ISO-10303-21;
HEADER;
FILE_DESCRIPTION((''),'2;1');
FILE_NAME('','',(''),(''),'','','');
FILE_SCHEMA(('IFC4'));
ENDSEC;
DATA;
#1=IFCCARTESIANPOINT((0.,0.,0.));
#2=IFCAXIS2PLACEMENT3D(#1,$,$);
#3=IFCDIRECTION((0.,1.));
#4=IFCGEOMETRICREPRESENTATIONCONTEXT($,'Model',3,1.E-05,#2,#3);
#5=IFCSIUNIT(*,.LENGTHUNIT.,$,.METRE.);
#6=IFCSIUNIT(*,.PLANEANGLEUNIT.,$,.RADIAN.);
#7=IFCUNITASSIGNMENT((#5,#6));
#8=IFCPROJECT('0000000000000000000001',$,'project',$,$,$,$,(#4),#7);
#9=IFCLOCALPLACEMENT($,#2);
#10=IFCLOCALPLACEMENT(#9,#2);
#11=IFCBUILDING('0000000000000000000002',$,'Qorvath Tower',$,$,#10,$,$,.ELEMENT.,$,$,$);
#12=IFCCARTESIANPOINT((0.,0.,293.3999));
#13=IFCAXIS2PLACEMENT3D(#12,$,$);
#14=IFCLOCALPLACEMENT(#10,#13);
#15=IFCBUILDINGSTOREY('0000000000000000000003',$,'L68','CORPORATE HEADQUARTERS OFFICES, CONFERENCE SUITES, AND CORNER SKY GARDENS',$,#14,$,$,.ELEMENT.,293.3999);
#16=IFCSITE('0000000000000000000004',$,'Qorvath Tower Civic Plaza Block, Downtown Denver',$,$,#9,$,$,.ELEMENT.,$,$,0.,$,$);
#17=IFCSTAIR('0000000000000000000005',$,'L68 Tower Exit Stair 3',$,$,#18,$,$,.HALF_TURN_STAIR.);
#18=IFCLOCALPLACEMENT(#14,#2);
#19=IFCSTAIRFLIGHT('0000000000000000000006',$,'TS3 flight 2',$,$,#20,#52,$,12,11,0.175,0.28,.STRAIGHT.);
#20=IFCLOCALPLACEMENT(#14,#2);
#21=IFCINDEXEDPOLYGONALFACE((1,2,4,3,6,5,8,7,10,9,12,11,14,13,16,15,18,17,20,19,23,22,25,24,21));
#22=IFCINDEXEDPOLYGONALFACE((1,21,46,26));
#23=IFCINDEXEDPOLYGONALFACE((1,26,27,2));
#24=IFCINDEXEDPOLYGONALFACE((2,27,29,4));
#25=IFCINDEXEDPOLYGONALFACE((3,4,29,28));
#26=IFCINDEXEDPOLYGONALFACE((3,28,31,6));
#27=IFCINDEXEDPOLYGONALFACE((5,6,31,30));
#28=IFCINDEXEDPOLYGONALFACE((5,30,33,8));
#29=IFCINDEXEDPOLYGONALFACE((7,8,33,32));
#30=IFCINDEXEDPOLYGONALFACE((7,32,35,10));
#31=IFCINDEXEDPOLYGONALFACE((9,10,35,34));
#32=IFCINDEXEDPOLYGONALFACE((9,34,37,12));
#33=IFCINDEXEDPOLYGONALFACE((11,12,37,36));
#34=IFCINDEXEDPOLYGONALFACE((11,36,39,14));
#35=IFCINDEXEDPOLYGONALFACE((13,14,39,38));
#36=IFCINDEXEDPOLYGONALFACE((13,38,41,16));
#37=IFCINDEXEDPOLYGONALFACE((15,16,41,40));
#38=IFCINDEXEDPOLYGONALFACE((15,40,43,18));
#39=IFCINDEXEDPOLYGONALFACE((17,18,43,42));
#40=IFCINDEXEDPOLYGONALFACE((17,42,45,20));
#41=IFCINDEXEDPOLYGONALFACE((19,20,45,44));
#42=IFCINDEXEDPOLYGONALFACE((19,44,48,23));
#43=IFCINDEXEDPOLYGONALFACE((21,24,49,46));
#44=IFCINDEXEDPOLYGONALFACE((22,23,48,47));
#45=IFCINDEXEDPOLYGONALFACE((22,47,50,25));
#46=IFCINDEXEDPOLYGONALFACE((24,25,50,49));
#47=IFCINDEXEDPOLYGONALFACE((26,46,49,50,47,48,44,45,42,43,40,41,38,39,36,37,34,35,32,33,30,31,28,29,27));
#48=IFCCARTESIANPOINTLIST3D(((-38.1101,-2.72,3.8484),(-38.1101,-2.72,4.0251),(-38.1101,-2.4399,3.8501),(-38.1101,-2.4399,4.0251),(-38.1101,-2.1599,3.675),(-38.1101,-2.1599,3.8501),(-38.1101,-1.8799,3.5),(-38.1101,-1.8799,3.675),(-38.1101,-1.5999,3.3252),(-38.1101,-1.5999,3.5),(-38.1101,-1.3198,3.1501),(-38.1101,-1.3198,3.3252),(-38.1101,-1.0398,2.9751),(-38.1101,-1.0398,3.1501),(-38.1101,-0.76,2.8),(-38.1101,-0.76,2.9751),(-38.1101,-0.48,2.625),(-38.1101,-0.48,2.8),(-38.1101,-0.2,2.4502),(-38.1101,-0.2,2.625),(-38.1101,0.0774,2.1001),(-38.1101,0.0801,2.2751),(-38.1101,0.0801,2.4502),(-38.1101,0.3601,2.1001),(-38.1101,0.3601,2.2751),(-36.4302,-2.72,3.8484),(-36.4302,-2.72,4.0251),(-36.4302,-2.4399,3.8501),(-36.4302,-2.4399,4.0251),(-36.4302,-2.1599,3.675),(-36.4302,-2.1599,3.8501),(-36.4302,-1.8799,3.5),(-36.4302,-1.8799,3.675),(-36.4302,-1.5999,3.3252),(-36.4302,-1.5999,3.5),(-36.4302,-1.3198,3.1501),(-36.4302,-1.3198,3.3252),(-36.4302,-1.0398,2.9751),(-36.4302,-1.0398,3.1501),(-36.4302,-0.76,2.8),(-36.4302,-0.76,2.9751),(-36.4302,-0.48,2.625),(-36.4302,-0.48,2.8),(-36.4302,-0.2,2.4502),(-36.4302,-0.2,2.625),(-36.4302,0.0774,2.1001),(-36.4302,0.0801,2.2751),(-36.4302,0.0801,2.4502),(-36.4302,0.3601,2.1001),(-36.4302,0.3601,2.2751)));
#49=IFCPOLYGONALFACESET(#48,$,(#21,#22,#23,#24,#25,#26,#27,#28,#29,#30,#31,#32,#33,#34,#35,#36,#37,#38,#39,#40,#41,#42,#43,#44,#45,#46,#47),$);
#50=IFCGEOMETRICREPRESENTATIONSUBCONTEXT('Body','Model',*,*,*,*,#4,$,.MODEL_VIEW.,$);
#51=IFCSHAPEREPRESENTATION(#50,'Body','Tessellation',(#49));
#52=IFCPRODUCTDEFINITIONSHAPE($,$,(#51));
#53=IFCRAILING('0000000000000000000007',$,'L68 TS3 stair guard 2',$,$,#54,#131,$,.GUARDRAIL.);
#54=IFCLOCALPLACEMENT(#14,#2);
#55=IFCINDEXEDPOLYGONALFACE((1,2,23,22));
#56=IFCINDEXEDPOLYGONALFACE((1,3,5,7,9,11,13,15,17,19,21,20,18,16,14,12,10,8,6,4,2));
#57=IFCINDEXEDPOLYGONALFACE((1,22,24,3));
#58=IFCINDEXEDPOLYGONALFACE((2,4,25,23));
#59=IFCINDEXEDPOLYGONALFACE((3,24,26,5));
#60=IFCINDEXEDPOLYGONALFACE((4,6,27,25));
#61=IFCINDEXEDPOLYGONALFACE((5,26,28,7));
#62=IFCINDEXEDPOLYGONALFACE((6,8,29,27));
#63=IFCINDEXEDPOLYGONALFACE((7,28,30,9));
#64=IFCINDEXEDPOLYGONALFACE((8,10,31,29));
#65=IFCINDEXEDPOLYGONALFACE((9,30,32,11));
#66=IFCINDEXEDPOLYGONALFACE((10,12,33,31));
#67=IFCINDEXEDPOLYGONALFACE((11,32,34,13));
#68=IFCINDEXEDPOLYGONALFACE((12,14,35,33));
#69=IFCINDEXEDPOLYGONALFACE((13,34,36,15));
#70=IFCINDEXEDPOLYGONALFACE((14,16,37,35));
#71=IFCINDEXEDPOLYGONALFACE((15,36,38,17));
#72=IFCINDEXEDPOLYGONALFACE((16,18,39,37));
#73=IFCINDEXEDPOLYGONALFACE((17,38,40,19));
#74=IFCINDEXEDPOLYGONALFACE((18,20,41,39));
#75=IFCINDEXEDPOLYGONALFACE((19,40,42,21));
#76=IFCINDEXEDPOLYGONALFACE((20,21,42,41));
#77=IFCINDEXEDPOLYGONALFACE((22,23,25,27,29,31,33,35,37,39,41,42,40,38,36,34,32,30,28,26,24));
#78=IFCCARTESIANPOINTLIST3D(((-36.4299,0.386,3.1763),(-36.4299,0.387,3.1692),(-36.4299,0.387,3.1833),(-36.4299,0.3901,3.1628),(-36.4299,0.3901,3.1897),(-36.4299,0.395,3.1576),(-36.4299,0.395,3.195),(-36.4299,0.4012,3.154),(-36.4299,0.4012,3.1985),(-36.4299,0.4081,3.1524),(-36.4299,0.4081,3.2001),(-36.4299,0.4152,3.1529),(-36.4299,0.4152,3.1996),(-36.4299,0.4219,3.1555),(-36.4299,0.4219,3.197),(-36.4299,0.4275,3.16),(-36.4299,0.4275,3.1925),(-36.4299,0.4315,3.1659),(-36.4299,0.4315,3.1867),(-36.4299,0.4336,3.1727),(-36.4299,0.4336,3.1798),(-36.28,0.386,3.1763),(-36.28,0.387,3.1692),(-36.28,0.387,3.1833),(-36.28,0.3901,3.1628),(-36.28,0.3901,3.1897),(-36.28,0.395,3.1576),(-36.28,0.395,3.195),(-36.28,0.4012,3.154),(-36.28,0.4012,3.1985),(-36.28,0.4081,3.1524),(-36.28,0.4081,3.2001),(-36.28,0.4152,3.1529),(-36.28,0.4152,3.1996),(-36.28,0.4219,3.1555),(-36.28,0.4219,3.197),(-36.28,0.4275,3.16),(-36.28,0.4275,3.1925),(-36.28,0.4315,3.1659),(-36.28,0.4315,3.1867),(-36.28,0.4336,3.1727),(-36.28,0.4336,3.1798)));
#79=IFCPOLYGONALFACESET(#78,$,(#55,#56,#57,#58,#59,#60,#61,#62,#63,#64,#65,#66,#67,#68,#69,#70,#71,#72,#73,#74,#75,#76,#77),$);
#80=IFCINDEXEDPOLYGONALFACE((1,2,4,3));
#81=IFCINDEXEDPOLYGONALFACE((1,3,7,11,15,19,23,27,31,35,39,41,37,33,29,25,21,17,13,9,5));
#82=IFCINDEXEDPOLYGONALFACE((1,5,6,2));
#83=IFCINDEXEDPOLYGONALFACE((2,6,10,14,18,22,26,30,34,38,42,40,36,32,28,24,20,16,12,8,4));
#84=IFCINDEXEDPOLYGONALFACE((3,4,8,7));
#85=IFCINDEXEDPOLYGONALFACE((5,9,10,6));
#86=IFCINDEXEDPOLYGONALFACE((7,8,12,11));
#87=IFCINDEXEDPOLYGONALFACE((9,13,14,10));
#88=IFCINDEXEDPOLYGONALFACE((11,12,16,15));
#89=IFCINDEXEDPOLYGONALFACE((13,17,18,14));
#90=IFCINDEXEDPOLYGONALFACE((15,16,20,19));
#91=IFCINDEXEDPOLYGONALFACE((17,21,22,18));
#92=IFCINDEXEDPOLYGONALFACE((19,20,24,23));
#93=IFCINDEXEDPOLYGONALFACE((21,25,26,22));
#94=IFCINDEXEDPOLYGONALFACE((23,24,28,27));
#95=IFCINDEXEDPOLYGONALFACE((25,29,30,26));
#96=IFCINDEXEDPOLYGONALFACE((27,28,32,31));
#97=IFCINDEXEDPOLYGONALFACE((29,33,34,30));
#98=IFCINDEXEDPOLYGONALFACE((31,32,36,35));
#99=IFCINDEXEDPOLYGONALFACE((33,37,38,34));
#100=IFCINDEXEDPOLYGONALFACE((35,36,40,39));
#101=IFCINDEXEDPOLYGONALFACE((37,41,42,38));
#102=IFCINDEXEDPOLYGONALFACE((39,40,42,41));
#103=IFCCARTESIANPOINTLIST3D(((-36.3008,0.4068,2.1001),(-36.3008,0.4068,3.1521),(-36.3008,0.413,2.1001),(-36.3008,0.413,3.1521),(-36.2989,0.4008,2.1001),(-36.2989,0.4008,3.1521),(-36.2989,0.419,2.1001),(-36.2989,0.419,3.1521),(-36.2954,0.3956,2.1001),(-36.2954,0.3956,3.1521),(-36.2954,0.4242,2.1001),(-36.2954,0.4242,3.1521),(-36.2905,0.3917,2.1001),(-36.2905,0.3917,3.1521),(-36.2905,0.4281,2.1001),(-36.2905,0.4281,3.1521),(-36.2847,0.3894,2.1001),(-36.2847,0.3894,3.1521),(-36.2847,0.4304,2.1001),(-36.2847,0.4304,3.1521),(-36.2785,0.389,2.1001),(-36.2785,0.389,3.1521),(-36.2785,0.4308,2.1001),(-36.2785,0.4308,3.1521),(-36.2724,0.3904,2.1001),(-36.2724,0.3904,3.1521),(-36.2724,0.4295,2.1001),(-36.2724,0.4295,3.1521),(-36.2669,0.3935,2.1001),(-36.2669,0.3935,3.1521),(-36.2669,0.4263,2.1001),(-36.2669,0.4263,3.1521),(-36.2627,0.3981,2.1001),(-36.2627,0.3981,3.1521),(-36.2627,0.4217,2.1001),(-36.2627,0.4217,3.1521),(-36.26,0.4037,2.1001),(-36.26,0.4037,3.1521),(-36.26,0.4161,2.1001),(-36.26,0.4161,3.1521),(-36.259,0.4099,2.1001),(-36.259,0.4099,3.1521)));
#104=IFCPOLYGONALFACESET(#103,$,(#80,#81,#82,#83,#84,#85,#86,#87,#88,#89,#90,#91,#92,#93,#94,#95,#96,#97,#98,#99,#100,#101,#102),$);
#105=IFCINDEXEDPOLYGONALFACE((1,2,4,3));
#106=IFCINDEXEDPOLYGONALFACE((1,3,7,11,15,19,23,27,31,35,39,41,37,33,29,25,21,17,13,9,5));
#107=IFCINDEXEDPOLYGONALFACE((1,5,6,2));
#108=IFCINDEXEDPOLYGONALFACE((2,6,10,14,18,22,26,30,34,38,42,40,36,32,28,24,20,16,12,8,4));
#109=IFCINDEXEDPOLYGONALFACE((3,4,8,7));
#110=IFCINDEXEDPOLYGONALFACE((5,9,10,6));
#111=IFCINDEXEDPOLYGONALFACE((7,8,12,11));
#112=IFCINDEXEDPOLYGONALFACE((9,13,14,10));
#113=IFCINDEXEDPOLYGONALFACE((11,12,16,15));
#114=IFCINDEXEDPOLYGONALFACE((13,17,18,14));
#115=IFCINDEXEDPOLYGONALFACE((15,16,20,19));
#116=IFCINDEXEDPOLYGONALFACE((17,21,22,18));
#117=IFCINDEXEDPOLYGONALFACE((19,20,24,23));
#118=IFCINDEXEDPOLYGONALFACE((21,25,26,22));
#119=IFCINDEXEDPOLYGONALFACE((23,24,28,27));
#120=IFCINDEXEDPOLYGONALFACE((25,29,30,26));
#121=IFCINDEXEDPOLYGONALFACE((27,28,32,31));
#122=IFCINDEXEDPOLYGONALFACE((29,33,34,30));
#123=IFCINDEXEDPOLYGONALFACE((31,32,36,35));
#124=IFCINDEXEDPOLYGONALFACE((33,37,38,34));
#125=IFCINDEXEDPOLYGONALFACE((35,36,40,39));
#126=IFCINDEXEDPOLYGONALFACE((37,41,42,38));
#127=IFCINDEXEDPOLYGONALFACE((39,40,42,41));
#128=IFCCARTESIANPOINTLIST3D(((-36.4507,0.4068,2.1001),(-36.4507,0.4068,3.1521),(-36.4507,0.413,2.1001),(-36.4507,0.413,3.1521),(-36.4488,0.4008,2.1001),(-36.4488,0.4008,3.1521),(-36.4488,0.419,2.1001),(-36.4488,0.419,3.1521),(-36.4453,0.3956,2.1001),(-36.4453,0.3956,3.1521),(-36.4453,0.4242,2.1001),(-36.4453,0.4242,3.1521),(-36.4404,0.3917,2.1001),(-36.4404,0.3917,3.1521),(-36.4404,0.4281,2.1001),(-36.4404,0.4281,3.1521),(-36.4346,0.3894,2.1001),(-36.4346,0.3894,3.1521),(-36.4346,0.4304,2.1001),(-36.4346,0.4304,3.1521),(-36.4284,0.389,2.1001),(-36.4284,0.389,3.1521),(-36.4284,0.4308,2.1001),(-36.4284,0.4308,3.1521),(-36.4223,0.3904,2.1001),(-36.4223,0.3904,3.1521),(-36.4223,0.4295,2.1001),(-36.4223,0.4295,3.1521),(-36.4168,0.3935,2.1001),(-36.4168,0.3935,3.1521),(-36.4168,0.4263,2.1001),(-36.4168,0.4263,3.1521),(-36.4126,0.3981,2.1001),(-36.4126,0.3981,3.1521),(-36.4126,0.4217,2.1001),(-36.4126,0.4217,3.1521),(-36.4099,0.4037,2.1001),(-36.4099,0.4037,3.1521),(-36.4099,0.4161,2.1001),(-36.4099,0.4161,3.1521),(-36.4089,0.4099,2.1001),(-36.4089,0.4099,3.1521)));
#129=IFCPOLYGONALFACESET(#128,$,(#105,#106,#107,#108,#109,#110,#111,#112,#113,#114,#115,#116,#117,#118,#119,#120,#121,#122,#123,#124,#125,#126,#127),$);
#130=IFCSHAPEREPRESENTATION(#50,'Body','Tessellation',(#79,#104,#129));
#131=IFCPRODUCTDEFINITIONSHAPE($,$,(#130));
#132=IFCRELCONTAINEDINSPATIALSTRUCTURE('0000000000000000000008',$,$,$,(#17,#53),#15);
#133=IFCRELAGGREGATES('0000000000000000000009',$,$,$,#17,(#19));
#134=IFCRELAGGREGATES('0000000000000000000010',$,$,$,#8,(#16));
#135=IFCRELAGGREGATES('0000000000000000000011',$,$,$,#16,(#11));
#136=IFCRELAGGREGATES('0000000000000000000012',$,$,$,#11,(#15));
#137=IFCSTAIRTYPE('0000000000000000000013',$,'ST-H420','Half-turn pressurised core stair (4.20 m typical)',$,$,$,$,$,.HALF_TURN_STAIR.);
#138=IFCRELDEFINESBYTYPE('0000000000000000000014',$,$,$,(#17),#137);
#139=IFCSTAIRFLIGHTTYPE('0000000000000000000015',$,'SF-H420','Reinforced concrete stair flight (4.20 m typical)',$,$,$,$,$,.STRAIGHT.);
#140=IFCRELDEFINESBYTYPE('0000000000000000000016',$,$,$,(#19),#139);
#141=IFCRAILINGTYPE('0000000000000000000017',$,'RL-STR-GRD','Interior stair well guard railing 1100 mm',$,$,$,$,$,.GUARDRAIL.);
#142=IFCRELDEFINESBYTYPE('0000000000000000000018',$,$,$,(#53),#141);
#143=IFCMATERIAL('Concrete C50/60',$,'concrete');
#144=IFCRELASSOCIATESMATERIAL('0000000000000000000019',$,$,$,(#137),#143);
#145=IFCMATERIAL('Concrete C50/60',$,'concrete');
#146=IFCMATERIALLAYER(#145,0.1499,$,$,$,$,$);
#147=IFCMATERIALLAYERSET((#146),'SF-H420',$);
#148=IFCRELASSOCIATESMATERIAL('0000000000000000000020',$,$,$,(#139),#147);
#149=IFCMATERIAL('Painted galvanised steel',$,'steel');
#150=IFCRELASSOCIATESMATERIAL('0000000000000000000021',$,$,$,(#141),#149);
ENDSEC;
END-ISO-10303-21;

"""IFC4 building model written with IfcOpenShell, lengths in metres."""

from ifc_helpers import new_model, si_unit, direction, frame, origin, origin_2d, place, context, subcontext, project, spatial, polyline, circle, outline, extrude, material, layer, layer_set, type_object, element, aggregate, save


model = new_model("IFC4")

# Units and contexts
model_context = context("Model", 3, precision=1e-05, world=origin(), true_north=direction((0.0, 1.0)))
body_context = subcontext(model_context, "Body", "Model", "MODEL_VIEW")
ifc_project = project(units=[si_unit("LENGTHUNIT", "METRE"), si_unit("PLANEANGLEUNIT", "RADIAN")], contexts=[model_context])

# Site, building, storey
site_placement = place(None, origin())
site = spatial("IfcSite", under=ifc_project, at=site_placement, Name="Qorvath Tower Civic Plaza Block, Downtown Denver", CompositionType="ELEMENT", RefElevation=0.0)
building_placement = place(site_placement, origin())
building = spatial("IfcBuilding", under=site, at=building_placement, Name="Qorvath Tower", CompositionType="ELEMENT")
storey_placement = place(building_placement, frame((0.0, 0.0, 293.3999)))
storey = spatial("IfcBuildingStorey", under=building, at=storey_placement, Name="L68", Description="CORPORATE HEADQUARTERS OFFICES, CONFERENCE SUITES, AND CORNER SKY GARDENS", CompositionType="ELEMENT", Elevation=293.3999)

# Stair, stair flight
ifc_material_1 = material(Name="Concrete C50/60", Category="concrete")
stair_type = type_object("IfcStairType", Name="ST-H420", Description="Half-turn pressurised core stair (4.20 m typical)", PredefinedType="HALF_TURN_STAIR", material=ifc_material_1)
stair_placement = place(storey_placement, origin())
stair = element("IfcStair", 1, at=stair_placement, inside=storey, type_object=stair_type, Name="L68 Tower Exit Stair 3", PredefinedType="HALF_TURN_STAIR")
ifc_material_2 = material(Name="Concrete C50/60", Category="concrete")
ifc_layer_1 = layer(ifc_material_2, 0.1499)
ifc_layer_set_1 = layer_set([ifc_layer_1], Name="SF-H420")
stair_flight_type = type_object("IfcStairFlightType", Name="SF-H420", Description="Reinforced concrete stair flight (4.20 m typical)", PredefinedType="STRAIGHT", material=ifc_layer_set_1)
stair_flight_placement = place(storey_placement, frame((-37.27, 0.3601, 2.1001), z_axis=(0.0, 0.0, 1.0), x_axis=(0.0, -1.0, 0.0)))
stair_flight = element("IfcStairFlight", 2, at=stair_flight_placement, type_object=stair_flight_type, Name="TS3 flight 2", NumberOfRisers=12, NumberOfTreads=11, PredefinedType="STRAIGHT", RiserHeight=0.175, TreadLength=0.28, context=body_context, shape_type="SweptSolid", body=[
    extrude(outline(polyline([(0.0, 0.0), (0.0, 0.175), (0.28, 0.175), (0.28, 0.3501), (0.5601, 0.3501), (0.5601, 0.5249), (0.8401, 0.5249), (0.8401, 0.7), (1.1201, 0.7), (1.1201, 0.875), (1.3999, 0.875), (1.3999, 1.05), (1.6799, 1.05), (1.6799, 1.2251), (1.96, 1.2251), (1.96, 1.3999), (2.24, 1.3999), (2.24, 1.575), (2.52, 1.575), (2.52, 1.75), (2.8, 1.75), (2.8, 1.925), (3.0801, 1.925), (3.0801, 2.1001), (3.0801, 1.7483), (0.2827, 0.0), (0.0, 0.0)])), frame((0.0, 0.8398, 0.0), z_axis=(0.0, -1.0, 0.0), x_axis=(1.0, 0.0, 0.0)), (0.0, 0.0, 1.0), 1.6799),
])
aggregate(stair, [stair_flight])

# Railing
ifc_material_3 = material(Name="Painted galvanised steel", Category="steel")
railing_type_1 = type_object("IfcRailingType", Name="RL-STR-GRD", Description="Interior stair well guard railing 1100 mm", PredefinedType="GUARDRAIL", material=ifc_material_3)
railing_1_placement = place(storey_placement, frame((-36.28, 0.4099, 2.1001)))
element("IfcRailing", 3, at=railing_1_placement, inside=storey, type_object=railing_type_1, Name="L68 TS3 stair guard 2", PredefinedType="GUARDRAIL", context=body_context, shape_type="SweptSolid", body=[
    extrude(circle(Radius=0.0239, at=origin_2d()), frame((0.0, 0.0, 1.0762), z_axis=(-1.0, 0.0, 0.0), x_axis=(0.0, -1.0, 0.0)), (0.0, 0.0, 1.0), 0.1499),
    extrude(circle(Radius=0.021, at=origin_2d()), origin(), (0.0, 0.0, 1.0), 1.052),
    extrude(circle(Radius=0.021, at=origin_2d()), frame((-0.1499, 0.0, 0.0)), (0.0, 0.0, 1.0), 1.052),
])

save(model, "model.ifc")
